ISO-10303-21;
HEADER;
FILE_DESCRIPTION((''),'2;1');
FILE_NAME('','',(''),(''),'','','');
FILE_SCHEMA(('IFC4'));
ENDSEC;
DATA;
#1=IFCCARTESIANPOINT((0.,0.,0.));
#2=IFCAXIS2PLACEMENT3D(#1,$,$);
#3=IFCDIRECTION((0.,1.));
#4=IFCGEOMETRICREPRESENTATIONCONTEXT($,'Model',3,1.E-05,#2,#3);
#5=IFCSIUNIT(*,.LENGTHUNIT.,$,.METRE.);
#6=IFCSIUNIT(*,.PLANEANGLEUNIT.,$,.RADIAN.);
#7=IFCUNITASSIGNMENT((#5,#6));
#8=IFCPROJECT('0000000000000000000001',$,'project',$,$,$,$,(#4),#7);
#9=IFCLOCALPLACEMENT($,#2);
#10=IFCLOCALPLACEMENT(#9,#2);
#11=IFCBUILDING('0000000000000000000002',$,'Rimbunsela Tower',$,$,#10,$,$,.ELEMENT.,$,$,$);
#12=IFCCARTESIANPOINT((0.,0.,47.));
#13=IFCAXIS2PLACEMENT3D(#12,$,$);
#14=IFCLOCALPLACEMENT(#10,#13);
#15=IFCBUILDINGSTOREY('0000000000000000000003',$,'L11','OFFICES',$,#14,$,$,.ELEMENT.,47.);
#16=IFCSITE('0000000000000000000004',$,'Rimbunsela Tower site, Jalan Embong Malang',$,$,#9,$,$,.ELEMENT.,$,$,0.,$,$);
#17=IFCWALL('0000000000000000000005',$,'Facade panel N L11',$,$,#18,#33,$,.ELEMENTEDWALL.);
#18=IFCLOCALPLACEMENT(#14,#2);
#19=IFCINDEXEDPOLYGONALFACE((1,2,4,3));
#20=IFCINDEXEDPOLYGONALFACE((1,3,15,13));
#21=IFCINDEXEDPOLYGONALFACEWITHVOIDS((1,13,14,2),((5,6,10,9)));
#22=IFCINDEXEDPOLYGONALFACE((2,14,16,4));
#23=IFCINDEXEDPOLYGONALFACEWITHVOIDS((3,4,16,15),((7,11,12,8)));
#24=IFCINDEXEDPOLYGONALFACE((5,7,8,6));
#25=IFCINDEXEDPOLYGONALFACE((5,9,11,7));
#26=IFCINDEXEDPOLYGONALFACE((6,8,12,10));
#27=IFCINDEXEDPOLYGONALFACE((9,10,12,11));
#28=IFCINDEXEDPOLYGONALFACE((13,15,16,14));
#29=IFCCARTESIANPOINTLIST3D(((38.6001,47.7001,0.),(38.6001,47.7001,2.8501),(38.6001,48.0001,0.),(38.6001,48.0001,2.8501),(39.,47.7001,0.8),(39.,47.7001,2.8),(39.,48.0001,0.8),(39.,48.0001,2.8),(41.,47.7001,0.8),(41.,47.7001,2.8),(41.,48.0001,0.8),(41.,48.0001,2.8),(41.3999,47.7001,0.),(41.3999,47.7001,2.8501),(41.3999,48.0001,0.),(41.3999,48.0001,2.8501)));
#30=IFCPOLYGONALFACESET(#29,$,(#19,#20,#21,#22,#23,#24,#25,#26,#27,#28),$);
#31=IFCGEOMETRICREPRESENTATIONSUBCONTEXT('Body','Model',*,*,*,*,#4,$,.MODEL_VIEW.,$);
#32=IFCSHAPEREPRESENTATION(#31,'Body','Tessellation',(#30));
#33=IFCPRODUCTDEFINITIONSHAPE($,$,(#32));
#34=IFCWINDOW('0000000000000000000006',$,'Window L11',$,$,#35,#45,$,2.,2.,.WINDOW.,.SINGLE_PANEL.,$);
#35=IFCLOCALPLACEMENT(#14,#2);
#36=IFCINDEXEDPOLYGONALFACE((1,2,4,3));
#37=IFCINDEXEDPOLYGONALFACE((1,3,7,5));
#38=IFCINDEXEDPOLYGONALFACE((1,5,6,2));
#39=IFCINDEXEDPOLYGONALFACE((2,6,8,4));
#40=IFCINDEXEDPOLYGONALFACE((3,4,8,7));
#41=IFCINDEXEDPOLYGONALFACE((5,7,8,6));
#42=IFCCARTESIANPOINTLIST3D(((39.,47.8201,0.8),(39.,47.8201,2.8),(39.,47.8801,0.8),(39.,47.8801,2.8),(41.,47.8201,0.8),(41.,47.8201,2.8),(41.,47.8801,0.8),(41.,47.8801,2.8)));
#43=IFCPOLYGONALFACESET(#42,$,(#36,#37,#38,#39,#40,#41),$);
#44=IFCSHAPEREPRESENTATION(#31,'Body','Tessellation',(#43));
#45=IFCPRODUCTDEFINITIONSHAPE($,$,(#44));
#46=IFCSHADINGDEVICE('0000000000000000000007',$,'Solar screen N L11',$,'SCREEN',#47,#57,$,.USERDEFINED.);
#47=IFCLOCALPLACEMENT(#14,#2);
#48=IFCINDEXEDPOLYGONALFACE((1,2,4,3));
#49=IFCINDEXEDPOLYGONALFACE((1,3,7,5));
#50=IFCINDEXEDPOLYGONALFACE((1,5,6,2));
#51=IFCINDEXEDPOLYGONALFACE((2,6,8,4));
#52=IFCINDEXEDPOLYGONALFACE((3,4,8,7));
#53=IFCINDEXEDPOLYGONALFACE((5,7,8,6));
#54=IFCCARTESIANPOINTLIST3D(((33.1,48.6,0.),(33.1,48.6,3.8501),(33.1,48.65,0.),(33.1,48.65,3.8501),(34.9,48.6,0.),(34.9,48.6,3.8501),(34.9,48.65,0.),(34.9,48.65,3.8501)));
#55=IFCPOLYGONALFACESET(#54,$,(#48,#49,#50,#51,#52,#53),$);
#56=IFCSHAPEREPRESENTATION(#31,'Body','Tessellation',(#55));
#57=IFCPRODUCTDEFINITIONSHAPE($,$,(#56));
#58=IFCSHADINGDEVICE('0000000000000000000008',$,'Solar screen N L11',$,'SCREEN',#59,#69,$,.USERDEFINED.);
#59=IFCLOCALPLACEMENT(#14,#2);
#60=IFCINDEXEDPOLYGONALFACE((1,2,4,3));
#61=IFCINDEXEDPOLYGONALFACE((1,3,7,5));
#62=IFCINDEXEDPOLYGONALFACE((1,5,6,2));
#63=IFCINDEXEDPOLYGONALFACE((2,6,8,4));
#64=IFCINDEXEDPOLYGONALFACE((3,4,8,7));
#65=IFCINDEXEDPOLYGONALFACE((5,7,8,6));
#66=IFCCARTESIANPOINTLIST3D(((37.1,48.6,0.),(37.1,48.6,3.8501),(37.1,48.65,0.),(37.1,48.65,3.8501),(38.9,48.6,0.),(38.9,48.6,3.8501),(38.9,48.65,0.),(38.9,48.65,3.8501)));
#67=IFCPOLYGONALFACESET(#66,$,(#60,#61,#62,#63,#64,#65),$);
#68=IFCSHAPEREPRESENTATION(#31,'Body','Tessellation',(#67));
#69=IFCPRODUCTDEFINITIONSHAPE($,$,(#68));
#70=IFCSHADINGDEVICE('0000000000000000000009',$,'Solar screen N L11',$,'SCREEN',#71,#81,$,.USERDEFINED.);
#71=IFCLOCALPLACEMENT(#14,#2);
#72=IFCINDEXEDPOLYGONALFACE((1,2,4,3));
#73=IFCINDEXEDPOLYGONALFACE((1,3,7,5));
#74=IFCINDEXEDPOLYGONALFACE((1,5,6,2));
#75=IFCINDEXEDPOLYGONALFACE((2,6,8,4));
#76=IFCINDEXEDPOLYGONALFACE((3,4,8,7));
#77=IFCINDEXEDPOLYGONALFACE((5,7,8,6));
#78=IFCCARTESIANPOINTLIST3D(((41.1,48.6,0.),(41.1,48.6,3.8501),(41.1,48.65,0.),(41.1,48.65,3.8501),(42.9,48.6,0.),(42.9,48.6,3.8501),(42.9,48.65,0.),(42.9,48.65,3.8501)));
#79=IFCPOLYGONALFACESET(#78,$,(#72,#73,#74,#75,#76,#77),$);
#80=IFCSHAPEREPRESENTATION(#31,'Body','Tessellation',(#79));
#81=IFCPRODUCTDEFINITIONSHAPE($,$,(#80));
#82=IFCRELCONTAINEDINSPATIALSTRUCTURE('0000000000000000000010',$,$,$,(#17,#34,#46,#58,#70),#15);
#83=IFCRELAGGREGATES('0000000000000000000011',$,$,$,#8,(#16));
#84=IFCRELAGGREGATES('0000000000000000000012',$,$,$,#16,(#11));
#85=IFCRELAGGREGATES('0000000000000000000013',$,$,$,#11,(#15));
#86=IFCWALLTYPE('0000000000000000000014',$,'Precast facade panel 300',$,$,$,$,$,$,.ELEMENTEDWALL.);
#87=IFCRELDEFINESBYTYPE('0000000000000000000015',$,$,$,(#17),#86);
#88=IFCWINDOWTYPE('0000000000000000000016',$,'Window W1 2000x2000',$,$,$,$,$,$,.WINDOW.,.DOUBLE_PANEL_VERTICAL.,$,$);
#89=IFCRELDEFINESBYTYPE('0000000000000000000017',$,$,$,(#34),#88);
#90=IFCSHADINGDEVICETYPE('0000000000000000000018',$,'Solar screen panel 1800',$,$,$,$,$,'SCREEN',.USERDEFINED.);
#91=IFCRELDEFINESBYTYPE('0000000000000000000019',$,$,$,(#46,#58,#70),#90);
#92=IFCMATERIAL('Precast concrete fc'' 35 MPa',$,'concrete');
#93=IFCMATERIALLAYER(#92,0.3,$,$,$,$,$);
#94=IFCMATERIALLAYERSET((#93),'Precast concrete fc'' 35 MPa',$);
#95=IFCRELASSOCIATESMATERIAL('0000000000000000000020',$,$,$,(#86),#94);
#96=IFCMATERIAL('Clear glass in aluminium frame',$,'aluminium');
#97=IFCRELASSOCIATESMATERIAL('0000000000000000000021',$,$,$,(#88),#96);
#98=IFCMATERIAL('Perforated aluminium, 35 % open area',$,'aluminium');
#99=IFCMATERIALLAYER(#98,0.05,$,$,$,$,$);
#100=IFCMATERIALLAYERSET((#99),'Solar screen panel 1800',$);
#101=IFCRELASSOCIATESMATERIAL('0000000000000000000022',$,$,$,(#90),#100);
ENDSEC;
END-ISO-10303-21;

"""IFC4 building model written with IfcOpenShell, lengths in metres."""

from ifc_helpers import new_model, si_unit, direction, frame, frame_2d, origin, origin_2d, place, context, subcontext, project, spatial, rectangle, extrude, material, layer, layer_set, type_object, element, fill, save


model = new_model("IFC4")

# Units and contexts
model_context = context("Model", 3, precision=1e-05, world=origin(), true_north=direction((0.0, 1.0)))
body_context = subcontext(model_context, "Body", "Model", "MODEL_VIEW")
ifc_project = project(units=[si_unit("LENGTHUNIT", "METRE"), si_unit("PLANEANGLEUNIT", "RADIAN")], contexts=[model_context])

# Site, building, storey
site_placement = place(None, origin())
site = spatial("IfcSite", under=ifc_project, at=site_placement, Name="Rimbunsela Tower site, Jalan Embong Malang", CompositionType="ELEMENT", RefElevation=0.0)
building_placement = place(site_placement, origin())
building = spatial("IfcBuilding", under=site, at=building_placement, Name="Rimbunsela Tower", CompositionType="ELEMENT")
storey_placement = place(building_placement, frame((0.0, 0.0, 47.0)))
storey = spatial("IfcBuildingStorey", under=building, at=storey_placement, Name="L11", Description="OFFICES", CompositionType="ELEMENT", Elevation=47.0)

# Wall, opening, window
ifc_material_1 = material(Name="Precast concrete fc' 35 MPa", Category="concrete")
ifc_layer_1 = layer(ifc_material_1, 0.3)
ifc_layer_set_1 = layer_set([ifc_layer_1], Name="Precast concrete fc' 35 MPa")
wall_type_1 = type_object("IfcWallType", Name="Precast facade panel 300", PredefinedType="ELEMENTEDWALL", material=ifc_layer_set_1)
ifc_material_2 = material(Name="Clear glass in aluminium frame", Category="aluminium")
window_type = type_object("IfcWindowType", Name="Window W1 2000x2000", PartitioningType="DOUBLE_PANEL_VERTICAL", PredefinedType="WINDOW", material=ifc_material_2)
wall_1_placement = place(storey_placement, frame((41.3999, 47.8501, 0.0), z_axis=(0.0, 0.0, 1.0), x_axis=(-1.0, 0.0, 0.0)))
wall_1 = element("IfcWall", 1, at=wall_1_placement, inside=storey, type_object=wall_type_1, Name="Facade panel N L11", PredefinedType="ELEMENTEDWALL", context=body_context, shape_type="SweptSolid", body=[
    extrude(rectangle(XDim=2.7998, YDim=0.3, at=frame_2d((1.3999, 0.0))), origin(), (0.0, 0.0, 1.0), 2.8501),
])
opening_1_placement = place(wall_1_placement, frame((0.3999, 0.0, 0.8)))
opening_1 = element("IfcOpeningElement", 2, at=opening_1_placement, cuts=wall_1, PredefinedType="OPENING", context=body_context, shape_type="SweptSolid", body=[
    extrude(rectangle(XDim=2.0, YDim=2.0, at=frame_2d((1.0, 1.0))), frame((0.0, 0.1599, 0.0), z_axis=(0.0, -1.0, 0.0), x_axis=(1.0, 0.0, 0.0)), (0.0, 0.0, 1.0), 0.3201),
])
window_1_placement = place(opening_1_placement, origin())
window_1 = element("IfcWindow", 3, at=window_1_placement, inside=storey, type_object=window_type, Name="Window L11", OverallHeight=2.0, OverallWidth=2.0, PartitioningType="SINGLE_PANEL", PredefinedType="WINDOW", context=body_context, shape_type="SweptSolid", body=[
    extrude(rectangle(XDim=2.0, YDim=2.0, at=frame_2d((1.0, 1.0))), frame((0.0, 0.03, 0.0), z_axis=(0.0, -1.0, 0.0), x_axis=(1.0, 0.0, 0.0)), (0.0, 0.0, 1.0), 0.0601),
])
fill(opening_1, window_1)

# Shading devices
ifc_material_3 = material(Name="Perforated aluminium, 35 % open area", Category="aluminium")
ifc_layer_2 = layer(ifc_material_3, 0.05)
ifc_layer_set_2 = layer_set([ifc_layer_2], Name="Solar screen panel 1800")
shading_device_type = type_object("IfcShadingDeviceType", Name="Solar screen panel 1800", ElementType="SCREEN", PredefinedType="USERDEFINED", material=ifc_layer_set_2)
for number, where, z_axis, x_axis, name in (
    (4, (34.0, 48.625, 0.0), (0.0, 0.0, 1.0), (1.0, 0.0, 0.0), "Solar screen N L11"),
    (5, (38.0, 48.625, 0.0), (0.0, 0.0, 1.0), (1.0, 0.0, 0.0), "Solar screen N L11"),
    (6, (42.0, 48.625, 0.0), (0.0, 0.0, 1.0), (1.0, 0.0, 0.0), "Solar screen N L11"),
):
    element("IfcShadingDevice", number, at=place(storey_placement, frame(where, z_axis=z_axis, x_axis=x_axis)), inside=storey, type_object=shading_device_type, Name=name, ObjectType="SCREEN", PredefinedType="USERDEFINED", context=body_context, shape_type="SweptSolid", body=[
        extrude(rectangle(XDim=1.8, YDim=0.05, at=origin_2d()), origin(), (0.0, 0.0, 1.0), 3.8501),
    ])

save(model, "model.ifc")
